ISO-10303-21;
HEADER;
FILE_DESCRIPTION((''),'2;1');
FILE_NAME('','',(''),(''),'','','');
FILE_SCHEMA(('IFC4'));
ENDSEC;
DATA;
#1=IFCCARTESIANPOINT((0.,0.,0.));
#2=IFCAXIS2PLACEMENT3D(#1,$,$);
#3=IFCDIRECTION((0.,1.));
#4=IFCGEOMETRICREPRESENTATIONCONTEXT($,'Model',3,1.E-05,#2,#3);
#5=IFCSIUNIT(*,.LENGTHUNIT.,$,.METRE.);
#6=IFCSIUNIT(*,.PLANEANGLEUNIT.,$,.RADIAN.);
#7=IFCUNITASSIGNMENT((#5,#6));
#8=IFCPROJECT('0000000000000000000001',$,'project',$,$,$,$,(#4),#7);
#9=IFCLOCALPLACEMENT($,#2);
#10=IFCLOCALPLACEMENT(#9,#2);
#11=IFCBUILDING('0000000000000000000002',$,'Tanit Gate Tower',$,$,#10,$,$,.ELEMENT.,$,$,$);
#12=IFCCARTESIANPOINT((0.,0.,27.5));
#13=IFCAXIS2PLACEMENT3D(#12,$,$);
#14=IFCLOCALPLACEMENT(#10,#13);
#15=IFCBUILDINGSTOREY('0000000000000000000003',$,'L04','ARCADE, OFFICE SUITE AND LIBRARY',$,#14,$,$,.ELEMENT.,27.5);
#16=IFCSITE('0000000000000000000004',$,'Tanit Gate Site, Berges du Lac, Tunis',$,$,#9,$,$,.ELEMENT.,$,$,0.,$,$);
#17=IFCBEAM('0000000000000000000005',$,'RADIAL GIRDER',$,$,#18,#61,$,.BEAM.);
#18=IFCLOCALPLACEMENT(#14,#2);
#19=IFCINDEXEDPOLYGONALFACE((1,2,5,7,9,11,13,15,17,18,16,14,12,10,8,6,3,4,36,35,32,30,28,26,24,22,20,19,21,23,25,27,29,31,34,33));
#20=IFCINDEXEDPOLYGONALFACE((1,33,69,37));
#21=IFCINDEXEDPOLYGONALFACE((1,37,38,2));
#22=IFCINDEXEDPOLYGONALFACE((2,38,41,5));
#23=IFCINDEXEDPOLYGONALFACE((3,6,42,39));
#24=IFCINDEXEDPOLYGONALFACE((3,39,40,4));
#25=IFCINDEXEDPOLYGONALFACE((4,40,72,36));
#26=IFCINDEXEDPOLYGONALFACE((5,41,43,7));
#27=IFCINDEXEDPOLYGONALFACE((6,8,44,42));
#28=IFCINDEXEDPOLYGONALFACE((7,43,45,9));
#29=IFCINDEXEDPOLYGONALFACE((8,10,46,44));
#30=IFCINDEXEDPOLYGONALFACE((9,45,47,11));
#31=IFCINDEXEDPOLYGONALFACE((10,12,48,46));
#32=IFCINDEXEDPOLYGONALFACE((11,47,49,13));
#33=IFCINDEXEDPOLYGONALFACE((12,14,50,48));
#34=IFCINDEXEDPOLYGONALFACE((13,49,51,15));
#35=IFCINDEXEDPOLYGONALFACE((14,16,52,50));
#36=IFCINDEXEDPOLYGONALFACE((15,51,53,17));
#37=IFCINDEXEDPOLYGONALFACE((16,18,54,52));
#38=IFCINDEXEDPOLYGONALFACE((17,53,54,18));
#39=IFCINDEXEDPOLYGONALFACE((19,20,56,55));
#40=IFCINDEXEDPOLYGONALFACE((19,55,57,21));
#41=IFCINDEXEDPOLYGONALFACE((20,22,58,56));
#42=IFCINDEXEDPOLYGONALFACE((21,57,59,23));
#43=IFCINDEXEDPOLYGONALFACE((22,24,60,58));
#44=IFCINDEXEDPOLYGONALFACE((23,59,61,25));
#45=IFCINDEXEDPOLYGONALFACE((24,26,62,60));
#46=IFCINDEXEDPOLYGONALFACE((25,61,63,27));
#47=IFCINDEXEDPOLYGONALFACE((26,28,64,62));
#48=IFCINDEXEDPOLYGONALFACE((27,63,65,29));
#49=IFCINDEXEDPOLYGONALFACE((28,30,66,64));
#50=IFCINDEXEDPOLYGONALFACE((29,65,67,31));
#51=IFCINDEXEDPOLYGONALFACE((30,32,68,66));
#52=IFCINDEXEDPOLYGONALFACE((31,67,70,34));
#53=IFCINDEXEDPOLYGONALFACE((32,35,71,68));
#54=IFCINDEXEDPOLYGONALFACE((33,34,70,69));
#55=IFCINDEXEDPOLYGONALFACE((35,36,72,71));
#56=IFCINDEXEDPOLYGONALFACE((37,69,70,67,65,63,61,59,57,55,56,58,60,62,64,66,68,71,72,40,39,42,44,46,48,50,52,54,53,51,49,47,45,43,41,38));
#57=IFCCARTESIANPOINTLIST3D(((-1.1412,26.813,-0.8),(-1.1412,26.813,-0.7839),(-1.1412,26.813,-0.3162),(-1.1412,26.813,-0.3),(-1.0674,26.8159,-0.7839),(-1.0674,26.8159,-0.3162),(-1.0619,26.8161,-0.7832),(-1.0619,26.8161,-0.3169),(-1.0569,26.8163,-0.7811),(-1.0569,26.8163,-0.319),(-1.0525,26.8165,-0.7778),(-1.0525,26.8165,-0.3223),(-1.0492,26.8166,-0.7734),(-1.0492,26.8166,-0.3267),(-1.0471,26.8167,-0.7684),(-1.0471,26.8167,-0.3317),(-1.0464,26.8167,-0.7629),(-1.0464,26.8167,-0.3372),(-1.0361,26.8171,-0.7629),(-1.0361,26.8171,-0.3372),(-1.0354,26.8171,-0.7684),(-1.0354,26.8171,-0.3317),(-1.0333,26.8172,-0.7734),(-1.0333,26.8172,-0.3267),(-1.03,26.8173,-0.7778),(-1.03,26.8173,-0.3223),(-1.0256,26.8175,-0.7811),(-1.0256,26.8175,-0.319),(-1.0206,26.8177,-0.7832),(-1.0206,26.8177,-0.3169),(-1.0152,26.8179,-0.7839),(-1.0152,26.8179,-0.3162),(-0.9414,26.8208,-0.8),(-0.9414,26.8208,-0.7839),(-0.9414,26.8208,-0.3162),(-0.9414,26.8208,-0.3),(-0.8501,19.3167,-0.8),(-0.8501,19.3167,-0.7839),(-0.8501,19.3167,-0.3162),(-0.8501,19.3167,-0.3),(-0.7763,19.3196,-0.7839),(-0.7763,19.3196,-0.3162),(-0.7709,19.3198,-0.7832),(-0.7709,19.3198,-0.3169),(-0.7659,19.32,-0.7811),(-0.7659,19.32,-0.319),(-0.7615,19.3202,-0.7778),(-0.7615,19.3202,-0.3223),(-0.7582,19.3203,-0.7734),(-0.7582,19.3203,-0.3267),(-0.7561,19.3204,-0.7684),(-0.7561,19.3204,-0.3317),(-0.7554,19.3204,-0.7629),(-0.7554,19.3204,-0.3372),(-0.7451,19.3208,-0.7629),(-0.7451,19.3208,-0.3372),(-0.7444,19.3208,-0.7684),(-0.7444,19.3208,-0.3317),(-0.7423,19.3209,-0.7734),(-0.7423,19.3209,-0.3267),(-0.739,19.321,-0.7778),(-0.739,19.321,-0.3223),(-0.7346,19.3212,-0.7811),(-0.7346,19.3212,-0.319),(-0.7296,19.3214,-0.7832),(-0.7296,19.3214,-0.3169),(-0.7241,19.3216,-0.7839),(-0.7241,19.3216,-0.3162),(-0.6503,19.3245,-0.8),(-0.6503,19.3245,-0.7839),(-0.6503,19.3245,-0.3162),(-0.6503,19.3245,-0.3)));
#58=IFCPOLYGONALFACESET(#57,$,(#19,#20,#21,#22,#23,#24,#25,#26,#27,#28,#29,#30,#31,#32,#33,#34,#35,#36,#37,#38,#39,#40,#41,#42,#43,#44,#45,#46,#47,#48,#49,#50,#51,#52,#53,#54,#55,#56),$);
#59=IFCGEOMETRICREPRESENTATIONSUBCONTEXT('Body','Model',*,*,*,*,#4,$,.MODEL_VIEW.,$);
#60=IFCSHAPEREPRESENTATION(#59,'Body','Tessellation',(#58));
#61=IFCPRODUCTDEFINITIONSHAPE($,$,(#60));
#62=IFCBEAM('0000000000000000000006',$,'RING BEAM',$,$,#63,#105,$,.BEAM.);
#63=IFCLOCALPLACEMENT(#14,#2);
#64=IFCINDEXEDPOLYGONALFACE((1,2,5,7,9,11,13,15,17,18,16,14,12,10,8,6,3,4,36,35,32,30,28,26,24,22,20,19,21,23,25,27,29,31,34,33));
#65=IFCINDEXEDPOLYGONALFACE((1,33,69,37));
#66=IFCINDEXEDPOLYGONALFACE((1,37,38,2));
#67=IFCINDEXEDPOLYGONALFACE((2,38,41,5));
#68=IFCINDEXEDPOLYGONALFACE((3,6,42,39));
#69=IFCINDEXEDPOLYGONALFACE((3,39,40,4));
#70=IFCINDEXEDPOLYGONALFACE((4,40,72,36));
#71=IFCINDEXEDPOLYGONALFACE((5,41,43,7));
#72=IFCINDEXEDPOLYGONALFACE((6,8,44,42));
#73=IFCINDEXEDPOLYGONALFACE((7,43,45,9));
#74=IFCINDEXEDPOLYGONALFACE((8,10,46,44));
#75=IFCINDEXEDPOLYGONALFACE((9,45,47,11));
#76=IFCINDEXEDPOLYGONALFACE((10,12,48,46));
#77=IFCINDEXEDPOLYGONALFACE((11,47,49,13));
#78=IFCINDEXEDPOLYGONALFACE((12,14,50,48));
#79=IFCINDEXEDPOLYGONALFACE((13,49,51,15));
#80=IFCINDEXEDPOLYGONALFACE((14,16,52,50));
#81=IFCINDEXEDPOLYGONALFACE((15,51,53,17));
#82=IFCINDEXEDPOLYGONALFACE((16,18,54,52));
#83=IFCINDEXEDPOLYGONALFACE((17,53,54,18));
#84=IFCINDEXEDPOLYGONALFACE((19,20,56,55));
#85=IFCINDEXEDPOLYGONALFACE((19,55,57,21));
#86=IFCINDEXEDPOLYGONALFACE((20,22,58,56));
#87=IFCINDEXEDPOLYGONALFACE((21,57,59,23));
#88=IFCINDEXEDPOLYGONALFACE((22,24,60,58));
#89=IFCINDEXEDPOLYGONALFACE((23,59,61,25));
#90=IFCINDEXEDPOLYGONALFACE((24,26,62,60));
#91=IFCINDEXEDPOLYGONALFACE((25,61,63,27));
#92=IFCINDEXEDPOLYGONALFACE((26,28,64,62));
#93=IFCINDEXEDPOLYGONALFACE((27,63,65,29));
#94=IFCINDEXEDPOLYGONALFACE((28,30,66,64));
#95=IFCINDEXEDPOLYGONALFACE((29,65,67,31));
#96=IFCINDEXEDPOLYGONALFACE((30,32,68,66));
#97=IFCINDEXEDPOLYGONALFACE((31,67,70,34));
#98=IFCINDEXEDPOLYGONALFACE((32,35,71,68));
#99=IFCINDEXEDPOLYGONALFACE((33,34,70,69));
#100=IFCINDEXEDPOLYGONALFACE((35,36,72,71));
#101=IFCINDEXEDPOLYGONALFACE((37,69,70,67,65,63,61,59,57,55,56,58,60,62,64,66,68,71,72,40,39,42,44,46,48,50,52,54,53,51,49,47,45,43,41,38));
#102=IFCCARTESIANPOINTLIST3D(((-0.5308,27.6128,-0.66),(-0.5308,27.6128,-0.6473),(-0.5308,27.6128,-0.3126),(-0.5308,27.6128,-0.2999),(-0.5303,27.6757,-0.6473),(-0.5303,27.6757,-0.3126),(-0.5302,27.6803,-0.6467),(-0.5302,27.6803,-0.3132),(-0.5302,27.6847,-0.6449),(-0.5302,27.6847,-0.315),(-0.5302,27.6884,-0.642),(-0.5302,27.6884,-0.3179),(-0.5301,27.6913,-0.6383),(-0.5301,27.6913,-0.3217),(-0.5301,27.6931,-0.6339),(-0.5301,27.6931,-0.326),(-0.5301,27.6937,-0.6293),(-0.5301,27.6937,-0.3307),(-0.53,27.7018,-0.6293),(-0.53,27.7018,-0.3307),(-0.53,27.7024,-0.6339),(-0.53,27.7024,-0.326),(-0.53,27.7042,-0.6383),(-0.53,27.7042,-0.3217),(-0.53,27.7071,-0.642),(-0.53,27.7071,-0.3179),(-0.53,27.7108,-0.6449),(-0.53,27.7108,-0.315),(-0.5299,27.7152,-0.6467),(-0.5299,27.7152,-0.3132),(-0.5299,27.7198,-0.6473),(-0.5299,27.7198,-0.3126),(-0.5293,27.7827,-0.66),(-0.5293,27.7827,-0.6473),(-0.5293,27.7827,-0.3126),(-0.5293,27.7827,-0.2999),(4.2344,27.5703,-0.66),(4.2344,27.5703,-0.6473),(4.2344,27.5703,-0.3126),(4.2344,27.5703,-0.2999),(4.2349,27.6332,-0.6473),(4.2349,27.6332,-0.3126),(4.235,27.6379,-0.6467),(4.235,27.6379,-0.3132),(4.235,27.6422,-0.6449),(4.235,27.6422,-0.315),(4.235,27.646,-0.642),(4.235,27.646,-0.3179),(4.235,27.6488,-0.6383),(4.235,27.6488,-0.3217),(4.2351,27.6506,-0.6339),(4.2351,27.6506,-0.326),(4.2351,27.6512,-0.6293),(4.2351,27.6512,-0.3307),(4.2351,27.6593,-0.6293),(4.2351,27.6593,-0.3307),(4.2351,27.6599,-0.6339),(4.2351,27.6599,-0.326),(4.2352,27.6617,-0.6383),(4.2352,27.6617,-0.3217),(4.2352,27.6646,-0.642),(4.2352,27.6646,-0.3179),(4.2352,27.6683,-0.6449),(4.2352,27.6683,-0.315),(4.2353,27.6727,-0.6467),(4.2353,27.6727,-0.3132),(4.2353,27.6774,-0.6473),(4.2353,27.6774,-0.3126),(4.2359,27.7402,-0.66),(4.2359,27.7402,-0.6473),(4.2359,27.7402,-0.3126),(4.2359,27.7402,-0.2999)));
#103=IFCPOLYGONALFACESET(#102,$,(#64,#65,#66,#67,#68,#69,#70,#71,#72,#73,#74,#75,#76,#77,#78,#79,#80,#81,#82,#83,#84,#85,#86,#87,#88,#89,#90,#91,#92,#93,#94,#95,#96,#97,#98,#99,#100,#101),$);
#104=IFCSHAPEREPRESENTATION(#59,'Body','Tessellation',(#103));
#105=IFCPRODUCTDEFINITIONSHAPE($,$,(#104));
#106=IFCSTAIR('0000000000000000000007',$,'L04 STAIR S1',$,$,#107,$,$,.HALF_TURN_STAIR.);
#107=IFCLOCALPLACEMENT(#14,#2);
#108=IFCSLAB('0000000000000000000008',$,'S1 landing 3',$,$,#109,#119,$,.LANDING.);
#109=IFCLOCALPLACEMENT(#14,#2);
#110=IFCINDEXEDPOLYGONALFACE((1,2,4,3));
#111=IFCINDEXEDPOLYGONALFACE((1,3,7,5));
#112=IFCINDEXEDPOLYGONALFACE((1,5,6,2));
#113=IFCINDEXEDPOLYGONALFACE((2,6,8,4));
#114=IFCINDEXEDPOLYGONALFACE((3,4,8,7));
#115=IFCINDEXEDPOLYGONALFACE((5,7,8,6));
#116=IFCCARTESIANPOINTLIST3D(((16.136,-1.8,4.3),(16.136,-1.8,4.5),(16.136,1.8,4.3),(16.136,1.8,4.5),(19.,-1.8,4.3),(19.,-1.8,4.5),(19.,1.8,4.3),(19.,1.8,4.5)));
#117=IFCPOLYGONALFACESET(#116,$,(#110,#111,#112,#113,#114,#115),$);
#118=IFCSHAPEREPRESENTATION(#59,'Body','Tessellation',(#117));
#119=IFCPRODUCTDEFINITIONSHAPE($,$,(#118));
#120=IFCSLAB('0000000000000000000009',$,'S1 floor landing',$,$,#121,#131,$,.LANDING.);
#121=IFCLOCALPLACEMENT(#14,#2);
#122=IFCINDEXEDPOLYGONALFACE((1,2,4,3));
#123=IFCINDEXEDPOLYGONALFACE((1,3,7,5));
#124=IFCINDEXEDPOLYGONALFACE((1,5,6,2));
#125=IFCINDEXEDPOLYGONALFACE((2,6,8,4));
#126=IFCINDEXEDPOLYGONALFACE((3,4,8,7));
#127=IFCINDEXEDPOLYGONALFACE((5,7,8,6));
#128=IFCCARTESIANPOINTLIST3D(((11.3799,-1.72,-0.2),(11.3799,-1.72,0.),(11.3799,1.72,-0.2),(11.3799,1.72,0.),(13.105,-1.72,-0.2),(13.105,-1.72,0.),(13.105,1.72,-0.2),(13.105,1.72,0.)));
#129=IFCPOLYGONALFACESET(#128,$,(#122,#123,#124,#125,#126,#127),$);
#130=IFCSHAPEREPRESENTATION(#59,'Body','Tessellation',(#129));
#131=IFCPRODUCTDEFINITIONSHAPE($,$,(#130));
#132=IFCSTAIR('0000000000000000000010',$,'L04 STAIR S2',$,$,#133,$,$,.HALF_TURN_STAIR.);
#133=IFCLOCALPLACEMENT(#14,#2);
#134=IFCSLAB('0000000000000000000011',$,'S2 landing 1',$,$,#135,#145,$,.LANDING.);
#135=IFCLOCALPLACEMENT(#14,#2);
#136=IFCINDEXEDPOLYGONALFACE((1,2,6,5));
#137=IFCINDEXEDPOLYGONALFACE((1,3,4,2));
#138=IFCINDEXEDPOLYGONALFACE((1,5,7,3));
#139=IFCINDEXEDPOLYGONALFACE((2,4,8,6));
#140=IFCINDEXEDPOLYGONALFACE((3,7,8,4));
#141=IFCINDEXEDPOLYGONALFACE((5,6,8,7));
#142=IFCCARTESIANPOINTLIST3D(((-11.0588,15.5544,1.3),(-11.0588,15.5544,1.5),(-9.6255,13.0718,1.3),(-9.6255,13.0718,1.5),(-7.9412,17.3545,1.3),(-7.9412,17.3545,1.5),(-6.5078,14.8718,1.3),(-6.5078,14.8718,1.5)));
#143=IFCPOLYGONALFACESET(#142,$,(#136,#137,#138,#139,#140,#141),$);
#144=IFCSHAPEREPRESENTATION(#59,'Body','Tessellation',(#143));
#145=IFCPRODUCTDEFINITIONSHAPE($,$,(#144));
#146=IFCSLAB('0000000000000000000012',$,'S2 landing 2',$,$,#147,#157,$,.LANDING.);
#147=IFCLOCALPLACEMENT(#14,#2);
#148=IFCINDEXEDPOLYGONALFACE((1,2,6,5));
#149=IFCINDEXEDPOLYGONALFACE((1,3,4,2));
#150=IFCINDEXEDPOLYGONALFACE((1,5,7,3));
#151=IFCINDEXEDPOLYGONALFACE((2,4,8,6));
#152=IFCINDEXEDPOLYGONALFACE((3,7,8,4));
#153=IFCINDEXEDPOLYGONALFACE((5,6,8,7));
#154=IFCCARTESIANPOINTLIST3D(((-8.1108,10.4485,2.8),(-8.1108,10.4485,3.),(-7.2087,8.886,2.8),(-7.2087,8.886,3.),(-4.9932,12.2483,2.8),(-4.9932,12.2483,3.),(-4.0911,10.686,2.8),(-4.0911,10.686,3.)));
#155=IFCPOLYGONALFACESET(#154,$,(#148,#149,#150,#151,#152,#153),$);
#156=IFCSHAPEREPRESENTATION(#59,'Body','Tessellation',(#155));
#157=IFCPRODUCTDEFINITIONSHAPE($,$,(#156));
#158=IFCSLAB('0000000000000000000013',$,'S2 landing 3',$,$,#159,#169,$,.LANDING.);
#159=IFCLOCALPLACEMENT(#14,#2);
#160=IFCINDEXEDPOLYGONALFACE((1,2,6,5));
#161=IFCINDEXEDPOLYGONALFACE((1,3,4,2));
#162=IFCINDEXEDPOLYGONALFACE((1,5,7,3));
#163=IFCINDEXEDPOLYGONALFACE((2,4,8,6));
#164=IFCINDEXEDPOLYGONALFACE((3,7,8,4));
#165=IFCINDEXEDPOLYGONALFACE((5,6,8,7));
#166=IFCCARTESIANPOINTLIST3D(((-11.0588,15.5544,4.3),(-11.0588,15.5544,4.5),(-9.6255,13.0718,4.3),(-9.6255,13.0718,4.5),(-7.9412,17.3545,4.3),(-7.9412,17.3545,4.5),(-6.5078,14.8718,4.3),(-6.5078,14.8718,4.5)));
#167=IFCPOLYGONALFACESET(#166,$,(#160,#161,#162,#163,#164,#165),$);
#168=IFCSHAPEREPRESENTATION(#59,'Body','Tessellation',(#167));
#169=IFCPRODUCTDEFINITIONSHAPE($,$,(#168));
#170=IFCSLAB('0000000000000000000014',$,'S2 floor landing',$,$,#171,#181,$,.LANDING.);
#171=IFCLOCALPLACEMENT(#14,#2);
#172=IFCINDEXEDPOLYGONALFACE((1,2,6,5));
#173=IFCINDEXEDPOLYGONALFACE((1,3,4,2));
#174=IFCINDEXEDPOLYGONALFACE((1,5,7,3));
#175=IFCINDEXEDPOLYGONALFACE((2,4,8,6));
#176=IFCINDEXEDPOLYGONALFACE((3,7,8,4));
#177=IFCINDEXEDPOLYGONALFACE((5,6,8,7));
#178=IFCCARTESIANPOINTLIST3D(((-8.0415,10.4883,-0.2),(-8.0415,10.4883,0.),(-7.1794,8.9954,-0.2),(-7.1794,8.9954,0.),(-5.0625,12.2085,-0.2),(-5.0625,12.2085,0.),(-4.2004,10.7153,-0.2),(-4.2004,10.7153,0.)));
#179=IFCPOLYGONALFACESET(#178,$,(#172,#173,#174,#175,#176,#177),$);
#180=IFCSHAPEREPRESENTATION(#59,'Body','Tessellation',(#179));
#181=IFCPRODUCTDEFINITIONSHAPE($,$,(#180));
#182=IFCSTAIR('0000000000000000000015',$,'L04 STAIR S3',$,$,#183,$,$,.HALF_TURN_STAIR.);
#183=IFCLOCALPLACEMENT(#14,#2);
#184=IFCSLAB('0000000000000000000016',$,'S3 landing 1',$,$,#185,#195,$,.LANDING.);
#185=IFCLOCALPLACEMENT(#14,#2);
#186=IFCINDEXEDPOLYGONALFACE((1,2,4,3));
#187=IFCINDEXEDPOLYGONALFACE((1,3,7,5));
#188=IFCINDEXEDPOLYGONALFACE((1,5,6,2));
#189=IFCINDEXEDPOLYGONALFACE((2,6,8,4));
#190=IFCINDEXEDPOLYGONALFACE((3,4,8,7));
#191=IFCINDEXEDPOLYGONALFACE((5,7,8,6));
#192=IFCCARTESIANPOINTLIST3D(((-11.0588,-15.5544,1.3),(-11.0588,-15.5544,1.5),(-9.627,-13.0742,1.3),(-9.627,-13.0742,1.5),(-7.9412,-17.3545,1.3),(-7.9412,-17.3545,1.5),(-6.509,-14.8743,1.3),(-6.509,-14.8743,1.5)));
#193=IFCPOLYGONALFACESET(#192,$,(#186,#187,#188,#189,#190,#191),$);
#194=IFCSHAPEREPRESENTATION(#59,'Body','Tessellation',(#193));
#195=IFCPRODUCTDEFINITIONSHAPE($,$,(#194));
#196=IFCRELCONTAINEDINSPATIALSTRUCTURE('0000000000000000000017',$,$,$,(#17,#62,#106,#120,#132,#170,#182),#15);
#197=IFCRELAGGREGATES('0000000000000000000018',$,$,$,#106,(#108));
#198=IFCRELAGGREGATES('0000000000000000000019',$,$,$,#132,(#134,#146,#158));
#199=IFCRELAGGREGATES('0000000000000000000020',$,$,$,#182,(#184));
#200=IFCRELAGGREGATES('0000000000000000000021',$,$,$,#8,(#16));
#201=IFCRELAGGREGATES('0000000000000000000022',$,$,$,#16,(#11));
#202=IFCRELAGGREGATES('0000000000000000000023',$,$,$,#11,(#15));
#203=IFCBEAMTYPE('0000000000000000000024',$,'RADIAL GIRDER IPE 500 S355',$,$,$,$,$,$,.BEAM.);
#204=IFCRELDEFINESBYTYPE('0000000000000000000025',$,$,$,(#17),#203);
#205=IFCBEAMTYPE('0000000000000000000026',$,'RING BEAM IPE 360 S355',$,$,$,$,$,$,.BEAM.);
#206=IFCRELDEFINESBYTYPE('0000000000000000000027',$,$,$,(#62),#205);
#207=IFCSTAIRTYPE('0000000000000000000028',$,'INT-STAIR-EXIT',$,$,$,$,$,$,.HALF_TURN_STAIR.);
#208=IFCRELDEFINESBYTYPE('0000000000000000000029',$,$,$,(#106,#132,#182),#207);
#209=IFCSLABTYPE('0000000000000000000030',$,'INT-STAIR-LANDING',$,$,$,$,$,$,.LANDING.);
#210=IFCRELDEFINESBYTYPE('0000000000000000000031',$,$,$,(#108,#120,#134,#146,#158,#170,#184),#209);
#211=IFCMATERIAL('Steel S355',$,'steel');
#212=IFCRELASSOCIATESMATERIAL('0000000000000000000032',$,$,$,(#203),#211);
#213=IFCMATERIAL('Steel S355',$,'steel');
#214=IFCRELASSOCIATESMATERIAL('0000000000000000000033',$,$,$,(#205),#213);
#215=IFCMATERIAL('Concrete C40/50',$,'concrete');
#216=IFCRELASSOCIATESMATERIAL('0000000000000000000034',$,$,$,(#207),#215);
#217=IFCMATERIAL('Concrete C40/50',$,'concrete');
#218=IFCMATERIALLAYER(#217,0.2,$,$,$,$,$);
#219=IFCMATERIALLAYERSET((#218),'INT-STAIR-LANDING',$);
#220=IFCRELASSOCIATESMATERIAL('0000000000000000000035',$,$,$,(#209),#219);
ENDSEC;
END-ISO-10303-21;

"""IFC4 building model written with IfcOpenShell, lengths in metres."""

from ifc_helpers import new_model, si_unit, direction, frame, origin, origin_2d, place, context, subcontext, project, spatial, polyline, i_section, outline, extrude, material, layer, layer_set, material_profile, profile_set, type_object, element, aggregate, save


model = new_model("IFC4")

# Units and contexts
model_context = context("Model", 3, precision=1e-05, world=origin(), true_north=direction((0.0, 1.0)))
body_context = subcontext(model_context, "Body", "Model", "MODEL_VIEW")
ifc_project = project(units=[si_unit("LENGTHUNIT", "METRE"), si_unit("PLANEANGLEUNIT", "RADIAN")], contexts=[model_context])

# Site, building, storey
site_placement = place(None, origin())
site = spatial("IfcSite", under=ifc_project, at=site_placement, Name="Tanit Gate Site, Berges du Lac, Tunis", CompositionType="ELEMENT", RefElevation=0.0)
building_placement = place(site_placement, origin())
building = spatial("IfcBuilding", under=site, at=building_placement, Name="Tanit Gate Tower", CompositionType="ELEMENT")
storey_placement = place(building_placement, frame((0.0, 0.0, 27.5)))
storey = spatial("IfcBuildingStorey", under=building, at=storey_placement, Name="L04", Description="ARCADE, OFFICE SUITE AND LIBRARY", CompositionType="ELEMENT", Elevation=27.5)

# Beams
ifc_material_1 = material(Name="Steel S355", Category="steel")
ifc_material_profile_1 = material_profile(ifc_material_1, i_section(OverallWidth=0.2, OverallDepth=0.5, WebThickness=0.0103, FlangeThickness=0.0161, FilletRadius=0.021, at=origin_2d()), Name="IPE 500")
ifc_profile_set_1 = profile_set([ifc_material_profile_1], Name="Steel S355")
beam_type_1 = type_object("IfcBeamType", Name="RADIAL GIRDER IPE 500 S355", PredefinedType="BEAM", material=ifc_profile_set_1)
beam_1_placement = place(storey_placement, frame((-1.0413, 26.8169, -0.55), z_axis=(0.038792, -0.999247, 0.0), x_axis=(0.999247, 0.038792, 0.0)))
element("IfcBeam", 1, at=beam_1_placement, inside=storey, type_object=beam_type_1, Name="RADIAL GIRDER", PredefinedType="BEAM", context=body_context, shape_type="SweptSolid", body=[
    extrude(i_section(OverallWidth=0.2, OverallDepth=0.5, WebThickness=0.0103, FlangeThickness=0.0161, FilletRadius=0.021, at=origin_2d()), origin(), (0.0, 0.0, 1.0), 7.502),
])
ifc_material_2 = material(Name="Steel S355", Category="steel")
ifc_material_profile_2 = material_profile(ifc_material_2, i_section(OverallWidth=0.1699, OverallDepth=0.3601, WebThickness=0.0081, FlangeThickness=0.0127, FilletRadius=0.0181, at=origin_2d()), Name="IPE 360")
ifc_profile_set_2 = profile_set([ifc_material_profile_2], Name="Steel S355")
beam_type_2 = type_object("IfcBeamType", Name="RING BEAM IPE 360 S355", PredefinedType="BEAM", material=ifc_profile_set_2)
beam_2_placement = place(storey_placement, frame((4.2351, 27.6553, -0.48), z_axis=(-0.99996, 0.008914, 0.0), x_axis=(-0.008914, -0.99996, 0.0)))
element("IfcBeam", 2, at=beam_2_placement, inside=storey, type_object=beam_type_2, Name="RING BEAM", PredefinedType="BEAM", context=body_context, shape_type="SweptSolid", body=[
    extrude(i_section(OverallWidth=0.1699, OverallDepth=0.3601, WebThickness=0.0081, FlangeThickness=0.0127, FilletRadius=0.0181, at=origin_2d()), origin(), (0.0, 0.0, 1.0), 4.7654),
])

# Stair, slab
ifc_material_3 = material(Name="Concrete C40/50", Category="concrete")
stair_type = type_object("IfcStairType", Name="INT-STAIR-EXIT", PredefinedType="HALF_TURN_STAIR", material=ifc_material_3)
stair_1_placement = place(storey_placement, origin())
stair_1 = element("IfcStair", 3, at=stair_1_placement, inside=storey, type_object=stair_type, Name="L04 STAIR S1", PredefinedType="HALF_TURN_STAIR")
ifc_material_4 = material(Name="Concrete C40/50", Category="concrete")
ifc_layer_1 = layer(ifc_material_4, 0.2)
ifc_layer_set_1 = layer_set([ifc_layer_1], Name="INT-STAIR-LANDING")
slab_type = type_object("IfcSlabType", Name="INT-STAIR-LANDING", PredefinedType="LANDING", material=ifc_layer_set_1)
slab_1_placement = place(storey_placement, frame((0.0, 0.0, 4.3)))
slab_1 = element("IfcSlab", 4, at=slab_1_placement, type_object=slab_type, Name="S1 landing 3", PredefinedType="LANDING", context=body_context, shape_type="SweptSolid", body=[
    extrude(outline(polyline([(16.136, -1.8), (19.0, -1.8), (19.0, 1.8), (16.136, 1.8), (16.136, -1.8)])), origin(), (0.0, 0.0, 1.0), 0.2),
])
aggregate(stair_1, [slab_1])

# Slab
slab_2_placement = place(storey_placement, frame((0.0, 0.0, -0.2)))
element("IfcSlab", 5, at=slab_2_placement, inside=storey, type_object=slab_type, Name="S1 floor landing", PredefinedType="LANDING", context=body_context, shape_type="SweptSolid", body=[
    extrude(outline(polyline([(11.3799, -1.72), (13.105, -1.72), (13.105, 1.72), (11.3799, 1.72), (11.3799, -1.72)])), origin(), (0.0, 0.0, 1.0), 0.2),
])

# Stair, slabs
stair_2_placement = place(storey_placement, origin())
stair_2 = element("IfcStair", 6, at=stair_2_placement, inside=storey, type_object=stair_type, Name="L04 STAIR S2", PredefinedType="HALF_TURN_STAIR")
slab_3_placement = place(storey_placement, frame((0.0, 0.0, 1.3)))
slab_3 = element("IfcSlab", 7, at=slab_3_placement, type_object=slab_type, Name="S2 landing 1", PredefinedType="LANDING", context=body_context, shape_type="SweptSolid", body=[
    extrude(outline(polyline([(-6.5078, 14.8718), (-7.9412, 17.3545), (-11.0588, 15.5544), (-9.6255, 13.0718), (-6.5078, 14.8718)])), origin(), (0.0, 0.0, 1.0), 0.2),
])
slab_4_placement = place(storey_placement, frame((0.0, 0.0, 2.8)))
slab_4 = element("IfcSlab", 8, at=slab_4_placement, type_object=slab_type, Name="S2 landing 2", PredefinedType="LANDING", context=body_context, shape_type="SweptSolid", body=[
    extrude(outline(polyline([(-4.0911, 10.686), (-4.9932, 12.2483), (-8.1108, 10.4485), (-7.2087, 8.886), (-4.0911, 10.686)])), origin(), (0.0, 0.0, 1.0), 0.2),
])
slab_5_placement = place(storey_placement, frame((0.0, 0.0, 4.3)))
slab_5 = element("IfcSlab", 9, at=slab_5_placement, type_object=slab_type, Name="S2 landing 3", PredefinedType="LANDING", context=body_context, shape_type="SweptSolid", body=[
    extrude(outline(polyline([(-6.5078, 14.8718), (-7.9412, 17.3545), (-11.0588, 15.5544), (-9.6255, 13.0718), (-6.5078, 14.8718)])), origin(), (0.0, 0.0, 1.0), 0.2),
])
aggregate(stair_2, [slab_3, slab_4, slab_5])

# Slab
slab_6_placement = place(storey_placement, frame((0.0, 0.0, -0.2)))
element("IfcSlab", 10, at=slab_6_placement, inside=storey, type_object=slab_type, Name="S2 floor landing", PredefinedType="LANDING", context=body_context, shape_type="SweptSolid", body=[
    extrude(outline(polyline([(-4.2004, 10.7153), (-5.0625, 12.2085), (-8.0415, 10.4883), (-7.1794, 8.9954), (-4.2004, 10.7153)])), origin(), (0.0, 0.0, 1.0), 0.2),
])

# Stair, slab
stair_3_placement = place(storey_placement, origin())
stair_3 = element("IfcStair", 11, at=stair_3_placement, inside=storey, type_object=stair_type, Name="L04 STAIR S3", PredefinedType="HALF_TURN_STAIR")
slab_7_placement = place(storey_placement, frame((0.0, 0.0, 1.3)))
slab_7 = element("IfcSlab", 12, at=slab_7_placement, type_object=slab_type, Name="S3 landing 1", PredefinedType="LANDING", context=body_context, shape_type="SweptSolid", body=[
    extrude(outline(polyline([(-9.627, -13.0742), (-11.0588, -15.5544), (-7.9412, -17.3545), (-6.509, -14.8743), (-9.627, -13.0742)])), origin(), (0.0, 0.0, 1.0), 0.2),
])
aggregate(stair_3, [slab_7])

save(model, "model.ifc")
